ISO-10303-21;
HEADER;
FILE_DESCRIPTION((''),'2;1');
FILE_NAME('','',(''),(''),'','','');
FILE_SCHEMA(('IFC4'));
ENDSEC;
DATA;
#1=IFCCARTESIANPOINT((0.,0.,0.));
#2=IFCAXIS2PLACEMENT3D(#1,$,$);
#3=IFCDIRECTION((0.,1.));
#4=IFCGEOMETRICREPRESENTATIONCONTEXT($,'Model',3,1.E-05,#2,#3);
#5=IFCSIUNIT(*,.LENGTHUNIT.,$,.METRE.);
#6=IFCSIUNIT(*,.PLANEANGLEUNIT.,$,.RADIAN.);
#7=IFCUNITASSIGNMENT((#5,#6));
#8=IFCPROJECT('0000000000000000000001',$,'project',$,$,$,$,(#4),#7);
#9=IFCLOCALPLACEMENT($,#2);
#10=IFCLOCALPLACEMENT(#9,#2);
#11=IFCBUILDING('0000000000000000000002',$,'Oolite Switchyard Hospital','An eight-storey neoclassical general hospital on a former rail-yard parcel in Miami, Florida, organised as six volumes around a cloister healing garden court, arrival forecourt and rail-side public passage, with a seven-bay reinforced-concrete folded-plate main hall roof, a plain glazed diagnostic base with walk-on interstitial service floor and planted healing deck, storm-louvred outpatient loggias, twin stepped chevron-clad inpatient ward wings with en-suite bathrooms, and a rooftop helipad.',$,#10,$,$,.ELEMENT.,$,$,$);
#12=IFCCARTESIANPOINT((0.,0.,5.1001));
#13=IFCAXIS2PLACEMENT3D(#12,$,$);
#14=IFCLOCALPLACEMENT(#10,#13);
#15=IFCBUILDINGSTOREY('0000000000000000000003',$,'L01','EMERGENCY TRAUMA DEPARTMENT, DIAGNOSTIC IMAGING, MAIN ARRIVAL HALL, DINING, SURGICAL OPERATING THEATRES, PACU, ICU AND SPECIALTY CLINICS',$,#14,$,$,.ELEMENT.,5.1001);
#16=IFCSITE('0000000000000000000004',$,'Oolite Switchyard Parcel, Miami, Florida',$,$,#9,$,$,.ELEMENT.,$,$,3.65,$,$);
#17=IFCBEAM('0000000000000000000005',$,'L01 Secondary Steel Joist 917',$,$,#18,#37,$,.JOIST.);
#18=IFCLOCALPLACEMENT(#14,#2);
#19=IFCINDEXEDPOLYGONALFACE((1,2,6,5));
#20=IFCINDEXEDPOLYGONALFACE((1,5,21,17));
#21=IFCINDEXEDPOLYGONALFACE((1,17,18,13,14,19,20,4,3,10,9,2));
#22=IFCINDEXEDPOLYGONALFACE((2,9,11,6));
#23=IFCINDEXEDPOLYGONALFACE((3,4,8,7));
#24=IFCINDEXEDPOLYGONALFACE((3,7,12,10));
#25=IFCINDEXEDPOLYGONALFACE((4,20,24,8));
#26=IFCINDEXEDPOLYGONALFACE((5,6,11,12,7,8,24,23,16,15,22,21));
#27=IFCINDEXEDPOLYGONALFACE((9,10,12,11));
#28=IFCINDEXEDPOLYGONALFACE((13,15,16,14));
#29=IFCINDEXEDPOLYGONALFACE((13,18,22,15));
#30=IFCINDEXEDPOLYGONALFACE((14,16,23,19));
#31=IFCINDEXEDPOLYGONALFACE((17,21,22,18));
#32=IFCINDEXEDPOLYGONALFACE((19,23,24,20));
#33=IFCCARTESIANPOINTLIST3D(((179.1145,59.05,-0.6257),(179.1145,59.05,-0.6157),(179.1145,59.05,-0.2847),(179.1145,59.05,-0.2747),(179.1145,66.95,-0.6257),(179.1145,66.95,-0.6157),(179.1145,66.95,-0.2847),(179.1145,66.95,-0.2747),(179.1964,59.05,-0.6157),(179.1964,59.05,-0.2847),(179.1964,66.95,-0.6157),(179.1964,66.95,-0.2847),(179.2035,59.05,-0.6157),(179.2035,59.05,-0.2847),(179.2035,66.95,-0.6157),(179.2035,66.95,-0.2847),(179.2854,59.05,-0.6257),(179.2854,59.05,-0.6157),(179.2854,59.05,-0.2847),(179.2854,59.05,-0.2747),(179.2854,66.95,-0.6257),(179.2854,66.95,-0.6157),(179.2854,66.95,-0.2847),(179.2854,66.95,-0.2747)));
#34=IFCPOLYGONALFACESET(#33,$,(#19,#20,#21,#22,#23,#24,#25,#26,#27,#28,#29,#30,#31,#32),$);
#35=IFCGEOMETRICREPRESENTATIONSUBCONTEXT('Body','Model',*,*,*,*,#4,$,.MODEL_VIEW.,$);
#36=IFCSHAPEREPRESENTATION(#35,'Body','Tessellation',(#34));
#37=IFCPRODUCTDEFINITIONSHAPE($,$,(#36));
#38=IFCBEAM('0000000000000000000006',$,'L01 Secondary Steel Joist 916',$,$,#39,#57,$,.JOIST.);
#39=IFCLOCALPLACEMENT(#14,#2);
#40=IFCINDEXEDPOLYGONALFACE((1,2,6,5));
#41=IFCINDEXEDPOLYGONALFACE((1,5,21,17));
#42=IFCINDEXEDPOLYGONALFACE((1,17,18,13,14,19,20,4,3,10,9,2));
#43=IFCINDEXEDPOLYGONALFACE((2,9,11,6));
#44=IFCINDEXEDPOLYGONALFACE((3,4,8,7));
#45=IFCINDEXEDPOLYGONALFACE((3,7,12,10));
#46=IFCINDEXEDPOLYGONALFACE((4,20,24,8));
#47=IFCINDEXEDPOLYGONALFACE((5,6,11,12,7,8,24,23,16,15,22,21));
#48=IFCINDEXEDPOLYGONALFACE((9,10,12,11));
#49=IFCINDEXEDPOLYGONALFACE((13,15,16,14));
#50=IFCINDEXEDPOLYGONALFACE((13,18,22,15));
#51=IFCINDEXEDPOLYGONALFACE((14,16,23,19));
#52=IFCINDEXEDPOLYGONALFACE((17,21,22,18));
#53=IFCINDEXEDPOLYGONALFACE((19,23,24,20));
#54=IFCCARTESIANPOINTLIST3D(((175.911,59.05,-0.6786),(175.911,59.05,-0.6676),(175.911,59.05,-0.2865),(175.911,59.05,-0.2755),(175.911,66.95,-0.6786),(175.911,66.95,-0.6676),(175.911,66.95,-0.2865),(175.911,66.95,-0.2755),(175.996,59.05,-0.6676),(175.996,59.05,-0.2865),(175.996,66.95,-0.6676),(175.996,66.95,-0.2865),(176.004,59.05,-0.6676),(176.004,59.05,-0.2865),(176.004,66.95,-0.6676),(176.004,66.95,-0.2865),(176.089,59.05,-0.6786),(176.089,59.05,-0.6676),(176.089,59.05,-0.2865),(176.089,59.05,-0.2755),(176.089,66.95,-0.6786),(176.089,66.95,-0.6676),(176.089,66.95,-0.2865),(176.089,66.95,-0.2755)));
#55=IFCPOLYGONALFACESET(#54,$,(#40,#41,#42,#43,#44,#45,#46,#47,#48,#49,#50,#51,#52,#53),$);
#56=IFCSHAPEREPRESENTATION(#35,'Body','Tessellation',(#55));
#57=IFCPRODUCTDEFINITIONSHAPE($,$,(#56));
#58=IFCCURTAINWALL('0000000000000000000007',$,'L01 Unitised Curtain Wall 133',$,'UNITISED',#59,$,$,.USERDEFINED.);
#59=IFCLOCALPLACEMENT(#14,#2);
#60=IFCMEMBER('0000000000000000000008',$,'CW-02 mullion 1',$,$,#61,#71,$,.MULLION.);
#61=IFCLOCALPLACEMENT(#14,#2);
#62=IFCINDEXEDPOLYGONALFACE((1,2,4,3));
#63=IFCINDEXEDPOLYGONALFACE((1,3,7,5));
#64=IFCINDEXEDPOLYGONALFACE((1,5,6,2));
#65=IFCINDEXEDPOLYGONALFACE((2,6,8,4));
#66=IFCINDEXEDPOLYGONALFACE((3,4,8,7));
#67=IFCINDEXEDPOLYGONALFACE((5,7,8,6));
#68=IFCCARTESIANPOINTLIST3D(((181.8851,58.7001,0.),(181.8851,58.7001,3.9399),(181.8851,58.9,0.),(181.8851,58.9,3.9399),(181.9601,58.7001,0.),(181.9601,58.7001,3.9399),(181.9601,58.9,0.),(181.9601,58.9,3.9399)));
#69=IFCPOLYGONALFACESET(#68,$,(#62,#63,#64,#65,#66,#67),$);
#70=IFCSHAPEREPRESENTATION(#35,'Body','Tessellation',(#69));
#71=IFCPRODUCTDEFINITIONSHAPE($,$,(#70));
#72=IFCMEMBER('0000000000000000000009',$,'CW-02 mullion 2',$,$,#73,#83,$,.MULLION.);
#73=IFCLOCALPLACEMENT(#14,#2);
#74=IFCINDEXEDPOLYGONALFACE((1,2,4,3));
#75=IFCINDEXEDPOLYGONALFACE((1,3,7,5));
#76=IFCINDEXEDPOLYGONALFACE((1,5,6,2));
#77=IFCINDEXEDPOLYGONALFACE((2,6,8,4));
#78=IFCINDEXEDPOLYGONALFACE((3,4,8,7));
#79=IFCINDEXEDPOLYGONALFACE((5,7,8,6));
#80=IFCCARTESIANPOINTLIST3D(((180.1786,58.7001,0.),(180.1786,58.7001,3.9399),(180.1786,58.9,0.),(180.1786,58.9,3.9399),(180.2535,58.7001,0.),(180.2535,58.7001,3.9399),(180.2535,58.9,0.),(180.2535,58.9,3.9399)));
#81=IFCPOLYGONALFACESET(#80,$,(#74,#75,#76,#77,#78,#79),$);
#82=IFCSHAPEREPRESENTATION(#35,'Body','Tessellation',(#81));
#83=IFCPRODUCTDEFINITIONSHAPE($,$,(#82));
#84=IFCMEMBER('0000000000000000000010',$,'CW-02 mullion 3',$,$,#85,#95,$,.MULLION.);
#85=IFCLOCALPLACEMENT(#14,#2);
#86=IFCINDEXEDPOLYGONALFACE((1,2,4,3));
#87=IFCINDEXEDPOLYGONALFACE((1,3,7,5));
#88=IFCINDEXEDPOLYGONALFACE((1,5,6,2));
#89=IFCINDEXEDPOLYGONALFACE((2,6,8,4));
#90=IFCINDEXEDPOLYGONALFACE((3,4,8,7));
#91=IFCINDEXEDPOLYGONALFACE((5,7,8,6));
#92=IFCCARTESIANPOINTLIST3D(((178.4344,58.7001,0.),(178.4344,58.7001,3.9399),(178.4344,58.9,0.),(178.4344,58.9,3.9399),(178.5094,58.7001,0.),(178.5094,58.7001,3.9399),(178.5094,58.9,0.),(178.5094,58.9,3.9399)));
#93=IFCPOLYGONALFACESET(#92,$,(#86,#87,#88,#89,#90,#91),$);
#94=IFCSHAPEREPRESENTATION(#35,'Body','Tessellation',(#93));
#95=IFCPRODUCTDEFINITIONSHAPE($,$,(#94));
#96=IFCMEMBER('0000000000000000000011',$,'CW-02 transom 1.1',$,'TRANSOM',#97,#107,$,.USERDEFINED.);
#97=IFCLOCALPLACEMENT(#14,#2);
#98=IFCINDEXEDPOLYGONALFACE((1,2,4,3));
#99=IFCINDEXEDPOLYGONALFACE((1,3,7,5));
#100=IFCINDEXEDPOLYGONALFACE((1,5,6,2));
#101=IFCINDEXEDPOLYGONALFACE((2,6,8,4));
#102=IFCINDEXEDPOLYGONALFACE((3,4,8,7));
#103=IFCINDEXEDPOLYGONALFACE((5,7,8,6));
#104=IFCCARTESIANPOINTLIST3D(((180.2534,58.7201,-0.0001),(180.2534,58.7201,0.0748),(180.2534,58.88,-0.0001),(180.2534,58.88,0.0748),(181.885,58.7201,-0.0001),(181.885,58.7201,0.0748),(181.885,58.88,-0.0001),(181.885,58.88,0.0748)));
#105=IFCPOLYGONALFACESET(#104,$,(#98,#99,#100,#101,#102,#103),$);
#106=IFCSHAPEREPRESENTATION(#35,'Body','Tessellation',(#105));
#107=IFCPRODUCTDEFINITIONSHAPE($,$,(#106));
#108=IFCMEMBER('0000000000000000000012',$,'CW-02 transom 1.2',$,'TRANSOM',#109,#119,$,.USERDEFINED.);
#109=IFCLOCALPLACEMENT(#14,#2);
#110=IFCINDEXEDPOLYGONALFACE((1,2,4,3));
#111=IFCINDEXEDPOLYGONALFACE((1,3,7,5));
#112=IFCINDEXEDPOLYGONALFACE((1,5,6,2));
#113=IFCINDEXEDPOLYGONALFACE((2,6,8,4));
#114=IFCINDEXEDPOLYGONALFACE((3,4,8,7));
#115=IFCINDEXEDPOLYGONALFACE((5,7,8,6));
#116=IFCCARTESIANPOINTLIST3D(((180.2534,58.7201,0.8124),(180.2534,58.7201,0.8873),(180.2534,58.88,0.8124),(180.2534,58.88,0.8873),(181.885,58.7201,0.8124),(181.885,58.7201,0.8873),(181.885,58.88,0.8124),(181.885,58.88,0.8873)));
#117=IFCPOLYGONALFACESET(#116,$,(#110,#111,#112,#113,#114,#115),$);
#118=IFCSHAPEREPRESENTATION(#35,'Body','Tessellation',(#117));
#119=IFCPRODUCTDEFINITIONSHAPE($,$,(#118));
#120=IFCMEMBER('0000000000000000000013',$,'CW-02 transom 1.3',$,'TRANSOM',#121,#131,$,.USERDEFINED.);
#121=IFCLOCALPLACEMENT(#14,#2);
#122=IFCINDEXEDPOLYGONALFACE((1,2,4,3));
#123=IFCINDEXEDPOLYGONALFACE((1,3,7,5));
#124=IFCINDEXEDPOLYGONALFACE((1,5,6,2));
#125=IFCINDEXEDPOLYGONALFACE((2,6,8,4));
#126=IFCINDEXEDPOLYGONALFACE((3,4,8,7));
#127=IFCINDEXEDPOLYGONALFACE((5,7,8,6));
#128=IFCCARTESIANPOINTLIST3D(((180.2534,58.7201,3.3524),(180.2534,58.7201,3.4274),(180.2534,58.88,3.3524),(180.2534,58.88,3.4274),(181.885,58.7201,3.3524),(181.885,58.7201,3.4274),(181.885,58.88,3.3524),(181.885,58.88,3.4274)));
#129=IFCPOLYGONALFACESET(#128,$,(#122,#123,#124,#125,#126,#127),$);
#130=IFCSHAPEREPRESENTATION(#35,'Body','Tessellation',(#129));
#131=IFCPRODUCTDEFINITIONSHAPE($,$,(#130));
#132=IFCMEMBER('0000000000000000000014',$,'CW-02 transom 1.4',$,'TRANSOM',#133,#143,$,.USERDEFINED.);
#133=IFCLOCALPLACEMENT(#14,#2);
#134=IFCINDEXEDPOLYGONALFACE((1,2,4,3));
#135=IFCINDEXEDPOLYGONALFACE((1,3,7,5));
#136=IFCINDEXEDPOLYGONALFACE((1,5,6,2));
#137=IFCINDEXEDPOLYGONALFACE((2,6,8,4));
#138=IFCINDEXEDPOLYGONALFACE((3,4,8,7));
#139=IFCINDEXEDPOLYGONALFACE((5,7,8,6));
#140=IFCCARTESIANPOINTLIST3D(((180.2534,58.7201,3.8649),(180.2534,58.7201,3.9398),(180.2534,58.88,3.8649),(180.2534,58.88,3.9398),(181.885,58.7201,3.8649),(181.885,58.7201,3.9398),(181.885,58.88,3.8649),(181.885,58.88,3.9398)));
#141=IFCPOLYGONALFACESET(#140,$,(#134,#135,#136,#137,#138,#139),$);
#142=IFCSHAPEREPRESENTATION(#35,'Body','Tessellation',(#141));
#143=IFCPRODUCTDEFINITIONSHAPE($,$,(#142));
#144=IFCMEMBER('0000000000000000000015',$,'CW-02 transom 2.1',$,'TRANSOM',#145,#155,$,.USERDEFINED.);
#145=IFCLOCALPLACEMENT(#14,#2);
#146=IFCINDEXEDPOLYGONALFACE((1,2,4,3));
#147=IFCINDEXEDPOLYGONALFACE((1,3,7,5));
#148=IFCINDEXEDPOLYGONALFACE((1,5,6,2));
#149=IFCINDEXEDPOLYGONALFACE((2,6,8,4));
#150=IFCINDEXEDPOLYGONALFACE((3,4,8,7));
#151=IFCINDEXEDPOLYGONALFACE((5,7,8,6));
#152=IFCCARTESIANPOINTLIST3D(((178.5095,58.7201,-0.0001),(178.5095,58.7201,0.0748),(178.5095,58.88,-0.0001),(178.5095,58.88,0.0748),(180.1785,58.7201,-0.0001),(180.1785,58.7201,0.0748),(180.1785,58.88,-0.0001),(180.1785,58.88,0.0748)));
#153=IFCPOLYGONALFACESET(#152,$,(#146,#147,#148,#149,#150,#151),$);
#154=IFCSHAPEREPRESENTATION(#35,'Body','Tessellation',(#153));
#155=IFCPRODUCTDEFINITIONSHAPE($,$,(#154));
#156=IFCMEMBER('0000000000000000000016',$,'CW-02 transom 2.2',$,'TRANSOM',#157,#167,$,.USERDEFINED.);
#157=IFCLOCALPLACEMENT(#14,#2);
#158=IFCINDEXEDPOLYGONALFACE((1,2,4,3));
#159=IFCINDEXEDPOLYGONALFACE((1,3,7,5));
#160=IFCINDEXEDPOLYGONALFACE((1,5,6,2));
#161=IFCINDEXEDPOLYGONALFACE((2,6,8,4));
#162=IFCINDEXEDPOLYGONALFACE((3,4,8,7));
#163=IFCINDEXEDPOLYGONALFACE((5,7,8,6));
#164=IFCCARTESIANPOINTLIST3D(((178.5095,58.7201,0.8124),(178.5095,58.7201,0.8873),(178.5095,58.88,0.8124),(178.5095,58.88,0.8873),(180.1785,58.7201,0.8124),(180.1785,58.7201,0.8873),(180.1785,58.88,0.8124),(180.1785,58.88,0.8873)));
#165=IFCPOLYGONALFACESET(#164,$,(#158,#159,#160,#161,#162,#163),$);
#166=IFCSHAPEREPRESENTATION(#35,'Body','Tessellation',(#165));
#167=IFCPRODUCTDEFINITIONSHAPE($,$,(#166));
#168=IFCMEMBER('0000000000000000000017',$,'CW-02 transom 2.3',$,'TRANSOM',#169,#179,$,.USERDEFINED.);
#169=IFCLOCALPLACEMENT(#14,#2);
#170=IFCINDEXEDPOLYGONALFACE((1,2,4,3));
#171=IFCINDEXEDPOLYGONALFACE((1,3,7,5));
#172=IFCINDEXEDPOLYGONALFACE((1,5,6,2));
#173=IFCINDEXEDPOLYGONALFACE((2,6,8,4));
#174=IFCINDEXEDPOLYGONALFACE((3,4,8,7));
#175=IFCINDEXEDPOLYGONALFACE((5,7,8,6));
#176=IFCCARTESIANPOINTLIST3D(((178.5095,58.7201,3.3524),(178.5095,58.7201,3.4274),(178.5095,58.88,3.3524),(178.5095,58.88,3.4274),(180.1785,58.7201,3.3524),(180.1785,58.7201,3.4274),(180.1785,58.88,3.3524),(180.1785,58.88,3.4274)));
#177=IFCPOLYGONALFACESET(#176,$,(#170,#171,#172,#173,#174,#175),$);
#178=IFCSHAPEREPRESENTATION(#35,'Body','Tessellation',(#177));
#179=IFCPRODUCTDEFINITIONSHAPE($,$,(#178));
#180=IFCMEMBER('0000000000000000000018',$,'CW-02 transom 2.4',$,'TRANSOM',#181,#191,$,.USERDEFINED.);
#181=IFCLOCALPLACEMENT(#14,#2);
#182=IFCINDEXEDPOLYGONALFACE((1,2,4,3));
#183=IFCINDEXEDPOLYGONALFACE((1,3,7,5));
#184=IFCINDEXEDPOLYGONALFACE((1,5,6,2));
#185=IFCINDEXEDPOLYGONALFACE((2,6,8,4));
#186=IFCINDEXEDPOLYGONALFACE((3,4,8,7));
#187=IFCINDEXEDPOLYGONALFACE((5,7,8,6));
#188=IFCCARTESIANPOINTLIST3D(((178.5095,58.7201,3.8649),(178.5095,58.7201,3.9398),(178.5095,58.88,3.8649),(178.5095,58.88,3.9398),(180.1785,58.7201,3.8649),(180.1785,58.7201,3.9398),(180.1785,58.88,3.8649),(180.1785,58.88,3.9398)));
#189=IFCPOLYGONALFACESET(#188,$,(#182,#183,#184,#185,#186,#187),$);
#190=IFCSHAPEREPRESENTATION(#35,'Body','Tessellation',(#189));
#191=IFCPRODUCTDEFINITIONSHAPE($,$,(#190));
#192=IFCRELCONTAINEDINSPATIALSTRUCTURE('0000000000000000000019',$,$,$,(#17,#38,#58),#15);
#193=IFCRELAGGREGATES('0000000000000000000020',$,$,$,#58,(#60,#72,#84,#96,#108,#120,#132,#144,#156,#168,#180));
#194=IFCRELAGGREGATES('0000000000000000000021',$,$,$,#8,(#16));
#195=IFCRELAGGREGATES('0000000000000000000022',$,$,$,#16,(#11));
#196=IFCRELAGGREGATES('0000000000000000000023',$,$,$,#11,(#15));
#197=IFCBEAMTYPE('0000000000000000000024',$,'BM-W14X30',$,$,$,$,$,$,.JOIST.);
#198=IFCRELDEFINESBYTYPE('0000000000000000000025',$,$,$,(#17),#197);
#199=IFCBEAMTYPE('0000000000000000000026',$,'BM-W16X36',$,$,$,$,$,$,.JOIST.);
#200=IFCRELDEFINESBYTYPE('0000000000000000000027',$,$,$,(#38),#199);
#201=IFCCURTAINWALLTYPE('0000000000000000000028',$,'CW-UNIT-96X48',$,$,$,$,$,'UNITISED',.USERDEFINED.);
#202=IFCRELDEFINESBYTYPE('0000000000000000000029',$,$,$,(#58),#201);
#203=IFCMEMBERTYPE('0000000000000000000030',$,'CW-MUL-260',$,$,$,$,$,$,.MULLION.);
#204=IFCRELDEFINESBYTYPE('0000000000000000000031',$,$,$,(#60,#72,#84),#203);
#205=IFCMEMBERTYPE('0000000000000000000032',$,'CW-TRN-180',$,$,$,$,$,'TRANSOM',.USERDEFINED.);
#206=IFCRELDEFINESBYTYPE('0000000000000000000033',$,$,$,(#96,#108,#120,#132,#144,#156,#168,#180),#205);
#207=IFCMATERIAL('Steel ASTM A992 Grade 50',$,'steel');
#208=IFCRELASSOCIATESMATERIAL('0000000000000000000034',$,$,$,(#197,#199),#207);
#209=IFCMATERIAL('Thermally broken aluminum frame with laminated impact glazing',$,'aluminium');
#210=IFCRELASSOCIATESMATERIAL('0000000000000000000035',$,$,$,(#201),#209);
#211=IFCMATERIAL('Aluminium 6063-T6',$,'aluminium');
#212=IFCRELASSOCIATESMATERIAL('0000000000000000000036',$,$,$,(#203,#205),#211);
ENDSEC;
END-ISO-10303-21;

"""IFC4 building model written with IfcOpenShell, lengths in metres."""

from ifc_helpers import new_model, si_unit, direction, frame, origin, origin_2d, place, context, subcontext, project, spatial, rectangle, i_section, extrude, material, material_profile, profile_set, type_object, element, aggregate, save


model = new_model("IFC4")

# Units and contexts
model_context = context("Model", 3, precision=1e-05, world=origin(), true_north=direction((0.0, 1.0)))
body_context = subcontext(model_context, "Body", "Model", "MODEL_VIEW")
ifc_project = project(units=[si_unit("LENGTHUNIT", "METRE"), si_unit("PLANEANGLEUNIT", "RADIAN")], contexts=[model_context])

# Site, building, storey
site_placement = place(None, origin())
site = spatial("IfcSite", under=ifc_project, at=site_placement, Name="Oolite Switchyard Parcel, Miami, Florida", CompositionType="ELEMENT", RefElevation=3.65)
building_placement = place(site_placement, origin())
building = spatial("IfcBuilding", under=site, at=building_placement, Name="Oolite Switchyard Hospital", Description="An eight-storey neoclassical general hospital on a former rail-yard parcel in Miami, Florida, organised as six volumes around a cloister healing garden court, arrival forecourt and rail-side public passage, with a seven-bay reinforced-concrete folded-plate main hall roof, a plain glazed diagnostic base with walk-on interstitial service floor and planted healing deck, storm-louvred outpatient loggias, twin stepped chevron-clad inpatient ward wings with en-suite bathrooms, and a rooftop helipad.", CompositionType="ELEMENT")
storey_placement = place(building_placement, frame((0.0, 0.0, 5.1001)))
storey = spatial("IfcBuildingStorey", under=building, at=storey_placement, Name="L01", Description="EMERGENCY TRAUMA DEPARTMENT, DIAGNOSTIC IMAGING, MAIN ARRIVAL HALL, DINING, SURGICAL OPERATING THEATRES, PACU, ICU AND SPECIALTY CLINICS", CompositionType="ELEMENT", Elevation=5.1001)

# Beams
ifc_material_1 = material(Name="Steel ASTM A992 Grade 50", Category="steel")
ifc_material_profile_1 = material_profile(ifc_material_1, i_section(OverallWidth=0.1709, OverallDepth=0.3511, WebThickness=0.0071, FlangeThickness=0.01, at=origin_2d()), Name="W14X30")
ifc_profile_set_1 = profile_set([ifc_material_profile_1], Name="Steel ASTM A992 Grade 50")
beam_type_1 = type_object("IfcBeamType", Name="BM-W14X30", PredefinedType="JOIST", material=ifc_profile_set_1)
beam_1_placement = place(storey_placement, frame((179.2, 59.05, -0.4502), z_axis=(0.0, 1.0, 0.0), x_axis=(-1.0, 0.0, 0.0)))
element("IfcBeam", 1, at=beam_1_placement, inside=storey, type_object=beam_type_1, Name="L01 Secondary Steel Joist 917", PredefinedType="JOIST", context=body_context, shape_type="SweptSolid", body=[
    extrude(i_section(OverallWidth=0.1709, OverallDepth=0.3511, WebThickness=0.0071, FlangeThickness=0.01, at=origin_2d()), origin(), (0.0, 0.0, 1.0), 7.8999),
])
ifc_material_profile_2 = material_profile(ifc_material_1, i_section(OverallWidth=0.178, OverallDepth=0.4031, WebThickness=0.0081, FlangeThickness=0.011, at=origin_2d()), Name="W16X36")
ifc_profile_set_2 = profile_set([ifc_material_profile_2], Name="Steel ASTM A992 Grade 50")
beam_type_2 = type_object("IfcBeamType", Name="BM-W16X36", PredefinedType="JOIST", material=ifc_profile_set_2)
beam_2_placement = place(storey_placement, frame((176.0, 59.05, -0.4771), z_axis=(0.0, 1.0, 0.0), x_axis=(-1.0, 0.0, 0.0)))
element("IfcBeam", 2, at=beam_2_placement, inside=storey, type_object=beam_type_2, Name="L01 Secondary Steel Joist 916", PredefinedType="JOIST", context=body_context, shape_type="SweptSolid", body=[
    extrude(i_section(OverallWidth=0.178, OverallDepth=0.4031, WebThickness=0.0081, FlangeThickness=0.011, at=origin_2d()), origin(), (0.0, 0.0, 1.0), 7.8999),
])

# Curtain wall, members
ifc_material_2 = material(Name="Thermally broken aluminum frame with laminated impact glazing", Category="aluminium")
curtain_wall_type = type_object("IfcCurtainWallType", Name="CW-UNIT-96X48", ElementType="UNITISED", PredefinedType="USERDEFINED", material=ifc_material_2)
curtain_wall_placement = place(storey_placement, origin())
curtain_wall = element("IfcCurtainWall", 3, at=curtain_wall_placement, inside=storey, type_object=curtain_wall_type, Name="L01 Unitised Curtain Wall 133", ObjectType="UNITISED", PredefinedType="USERDEFINED")
ifc_material_3 = material(Name="Aluminium 6063-T6", Category="aluminium")
ifc_material_profile_3 = material_profile(ifc_material_3, rectangle(XDim=0.2, YDim=0.075, at=origin_2d()), Name="CWM75X200")
ifc_profile_set_3 = profile_set([ifc_material_profile_3], Name="Aluminium 6063-T6")
member_type_1 = type_object("IfcMemberType", Name="CW-MUL-260", PredefinedType="MULLION", material=ifc_profile_set_3)
member_1_placement = place(storey_placement, frame((181.9226, 58.8, 0.0), z_axis=(0.0, 0.0, 1.0), x_axis=(0.0, -1.0, 0.0)))
member_1 = element("IfcMember", 4, at=member_1_placement, type_object=member_type_1, Name="CW-02 mullion 1", PredefinedType="MULLION", context=body_context, shape_type="SweptSolid", body=[
    extrude(rectangle(XDim=0.2, YDim=0.075, at=origin_2d()), origin(), (0.0, 0.0, 1.0), 3.9399),
])
member_2_placement = place(storey_placement, frame((180.2161, 58.8, 0.0), z_axis=(0.0, 0.0, 1.0), x_axis=(0.0, -1.0, 0.0)))
member_2 = element("IfcMember", 5, at=member_2_placement, type_object=member_type_1, Name="CW-02 mullion 2", PredefinedType="MULLION", context=body_context, shape_type="SweptSolid", body=[
    extrude(rectangle(XDim=0.2, YDim=0.075, at=origin_2d()), origin(), (0.0, 0.0, 1.0), 3.9399),
])
member_3_placement = place(storey_placement, frame((178.4719, 58.8, 0.0), z_axis=(0.0, 0.0, 1.0), x_axis=(0.0, -1.0, 0.0)))
member_3 = element("IfcMember", 6, at=member_3_placement, type_object=member_type_1, Name="CW-02 mullion 3", PredefinedType="MULLION", context=body_context, shape_type="SweptSolid", body=[
    extrude(rectangle(XDim=0.2, YDim=0.075, at=origin_2d()), origin(), (0.0, 0.0, 1.0), 3.9399),
])
ifc_material_profile_4 = material_profile(ifc_material_3, rectangle(XDim=0.1599, YDim=0.075, at=origin_2d()), Name="CWT75X160")
ifc_profile_set_4 = profile_set([ifc_material_profile_4], Name="Aluminium 6063-T6")
member_type_2 = type_object("IfcMemberType", Name="CW-TRN-180", ElementType="TRANSOM", PredefinedType="USERDEFINED", material=ifc_profile_set_4)
member_4_placement = place(storey_placement, frame((181.885, 58.8, 0.0374), z_axis=(-1.0, 0.0, 0.0), x_axis=(0.0, -1.0, 0.0)))
member_4 = element("IfcMember", 7, at=member_4_placement, type_object=member_type_2, Name="CW-02 transom 1.1", ObjectType="TRANSOM", PredefinedType="USERDEFINED", context=body_context, shape_type="SweptSolid", body=[
    extrude(rectangle(XDim=0.1599, YDim=0.075, at=origin_2d()), origin(), (0.0, 0.0, 1.0), 1.6316),
])
member_5_placement = place(storey_placement, frame((181.885, 58.8, 0.8499), z_axis=(-1.0, 0.0, 0.0), x_axis=(0.0, -1.0, 0.0)))
member_5 = element("IfcMember", 8, at=member_5_placement, type_object=member_type_2, Name="CW-02 transom 1.2", ObjectType="TRANSOM", PredefinedType="USERDEFINED", context=body_context, shape_type="SweptSolid", body=[
    extrude(rectangle(XDim=0.1599, YDim=0.075, at=origin_2d()), origin(), (0.0, 0.0, 1.0), 1.6316),
])
member_6_placement = place(storey_placement, frame((181.885, 58.8, 3.3899), z_axis=(-1.0, 0.0, 0.0), x_axis=(0.0, -1.0, 0.0)))
member_6 = element("IfcMember", 9, at=member_6_placement, type_object=member_type_2, Name="CW-02 transom 1.3", ObjectType="TRANSOM", PredefinedType="USERDEFINED", context=body_context, shape_type="SweptSolid", body=[
    extrude(rectangle(XDim=0.1599, YDim=0.075, at=origin_2d()), origin(), (0.0, 0.0, 1.0), 1.6316),
])
member_7_placement = place(storey_placement, frame((181.885, 58.8, 3.9023), z_axis=(-1.0, 0.0, 0.0), x_axis=(0.0, -1.0, 0.0)))
member_7 = element("IfcMember", 10, at=member_7_placement, type_object=member_type_2, Name="CW-02 transom 1.4", ObjectType="TRANSOM", PredefinedType="USERDEFINED", context=body_context, shape_type="SweptSolid", body=[
    extrude(rectangle(XDim=0.1599, YDim=0.075, at=origin_2d()), origin(), (0.0, 0.0, 1.0), 1.6316),
])
member_8_placement = place(storey_placement, frame((180.1785, 58.8, 0.0374), z_axis=(-1.0, 0.0, 0.0), x_axis=(0.0, -1.0, 0.0)))
member_8 = element("IfcMember", 11, at=member_8_placement, type_object=member_type_2, Name="CW-02 transom 2.1", ObjectType="TRANSOM", PredefinedType="USERDEFINED", context=body_context, shape_type="SweptSolid", body=[
    extrude(rectangle(XDim=0.1599, YDim=0.075, at=origin_2d()), origin(), (0.0, 0.0, 1.0), 1.6689),
])
member_9_placement = place(storey_placement, frame((180.1785, 58.8, 0.8499), z_axis=(-1.0, 0.0, 0.0), x_axis=(0.0, -1.0, 0.0)))
member_9 = element("IfcMember", 12, at=member_9_placement, type_object=member_type_2, Name="CW-02 transom 2.2", ObjectType="TRANSOM", PredefinedType="USERDEFINED", context=body_context, shape_type="SweptSolid", body=[
    extrude(rectangle(XDim=0.1599, YDim=0.075, at=origin_2d()), origin(), (0.0, 0.0, 1.0), 1.6689),
])
member_10_placement = place(storey_placement, frame((180.1785, 58.8, 3.3899), z_axis=(-1.0, 0.0, 0.0), x_axis=(0.0, -1.0, 0.0)))
member_10 = element("IfcMember", 13, at=member_10_placement, type_object=member_type_2, Name="CW-02 transom 2.3", ObjectType="TRANSOM", PredefinedType="USERDEFINED", context=body_context, shape_type="SweptSolid", body=[
    extrude(rectangle(XDim=0.1599, YDim=0.075, at=origin_2d()), origin(), (0.0, 0.0, 1.0), 1.6689),
])
member_11_placement = place(storey_placement, frame((180.1785, 58.8, 3.9023), z_axis=(-1.0, 0.0, 0.0), x_axis=(0.0, -1.0, 0.0)))
member_11 = element("IfcMember", 14, at=member_11_placement, type_object=member_type_2, Name="CW-02 transom 2.4", ObjectType="TRANSOM", PredefinedType="USERDEFINED", context=body_context, shape_type="SweptSolid", body=[
    extrude(rectangle(XDim=0.1599, YDim=0.075, at=origin_2d()), origin(), (0.0, 0.0, 1.0), 1.6689),
])
aggregate(curtain_wall, [member_1, member_2, member_3, member_4, member_5, member_6, member_7, member_8, member_9, member_10, member_11])

save(model, "model.ifc")
